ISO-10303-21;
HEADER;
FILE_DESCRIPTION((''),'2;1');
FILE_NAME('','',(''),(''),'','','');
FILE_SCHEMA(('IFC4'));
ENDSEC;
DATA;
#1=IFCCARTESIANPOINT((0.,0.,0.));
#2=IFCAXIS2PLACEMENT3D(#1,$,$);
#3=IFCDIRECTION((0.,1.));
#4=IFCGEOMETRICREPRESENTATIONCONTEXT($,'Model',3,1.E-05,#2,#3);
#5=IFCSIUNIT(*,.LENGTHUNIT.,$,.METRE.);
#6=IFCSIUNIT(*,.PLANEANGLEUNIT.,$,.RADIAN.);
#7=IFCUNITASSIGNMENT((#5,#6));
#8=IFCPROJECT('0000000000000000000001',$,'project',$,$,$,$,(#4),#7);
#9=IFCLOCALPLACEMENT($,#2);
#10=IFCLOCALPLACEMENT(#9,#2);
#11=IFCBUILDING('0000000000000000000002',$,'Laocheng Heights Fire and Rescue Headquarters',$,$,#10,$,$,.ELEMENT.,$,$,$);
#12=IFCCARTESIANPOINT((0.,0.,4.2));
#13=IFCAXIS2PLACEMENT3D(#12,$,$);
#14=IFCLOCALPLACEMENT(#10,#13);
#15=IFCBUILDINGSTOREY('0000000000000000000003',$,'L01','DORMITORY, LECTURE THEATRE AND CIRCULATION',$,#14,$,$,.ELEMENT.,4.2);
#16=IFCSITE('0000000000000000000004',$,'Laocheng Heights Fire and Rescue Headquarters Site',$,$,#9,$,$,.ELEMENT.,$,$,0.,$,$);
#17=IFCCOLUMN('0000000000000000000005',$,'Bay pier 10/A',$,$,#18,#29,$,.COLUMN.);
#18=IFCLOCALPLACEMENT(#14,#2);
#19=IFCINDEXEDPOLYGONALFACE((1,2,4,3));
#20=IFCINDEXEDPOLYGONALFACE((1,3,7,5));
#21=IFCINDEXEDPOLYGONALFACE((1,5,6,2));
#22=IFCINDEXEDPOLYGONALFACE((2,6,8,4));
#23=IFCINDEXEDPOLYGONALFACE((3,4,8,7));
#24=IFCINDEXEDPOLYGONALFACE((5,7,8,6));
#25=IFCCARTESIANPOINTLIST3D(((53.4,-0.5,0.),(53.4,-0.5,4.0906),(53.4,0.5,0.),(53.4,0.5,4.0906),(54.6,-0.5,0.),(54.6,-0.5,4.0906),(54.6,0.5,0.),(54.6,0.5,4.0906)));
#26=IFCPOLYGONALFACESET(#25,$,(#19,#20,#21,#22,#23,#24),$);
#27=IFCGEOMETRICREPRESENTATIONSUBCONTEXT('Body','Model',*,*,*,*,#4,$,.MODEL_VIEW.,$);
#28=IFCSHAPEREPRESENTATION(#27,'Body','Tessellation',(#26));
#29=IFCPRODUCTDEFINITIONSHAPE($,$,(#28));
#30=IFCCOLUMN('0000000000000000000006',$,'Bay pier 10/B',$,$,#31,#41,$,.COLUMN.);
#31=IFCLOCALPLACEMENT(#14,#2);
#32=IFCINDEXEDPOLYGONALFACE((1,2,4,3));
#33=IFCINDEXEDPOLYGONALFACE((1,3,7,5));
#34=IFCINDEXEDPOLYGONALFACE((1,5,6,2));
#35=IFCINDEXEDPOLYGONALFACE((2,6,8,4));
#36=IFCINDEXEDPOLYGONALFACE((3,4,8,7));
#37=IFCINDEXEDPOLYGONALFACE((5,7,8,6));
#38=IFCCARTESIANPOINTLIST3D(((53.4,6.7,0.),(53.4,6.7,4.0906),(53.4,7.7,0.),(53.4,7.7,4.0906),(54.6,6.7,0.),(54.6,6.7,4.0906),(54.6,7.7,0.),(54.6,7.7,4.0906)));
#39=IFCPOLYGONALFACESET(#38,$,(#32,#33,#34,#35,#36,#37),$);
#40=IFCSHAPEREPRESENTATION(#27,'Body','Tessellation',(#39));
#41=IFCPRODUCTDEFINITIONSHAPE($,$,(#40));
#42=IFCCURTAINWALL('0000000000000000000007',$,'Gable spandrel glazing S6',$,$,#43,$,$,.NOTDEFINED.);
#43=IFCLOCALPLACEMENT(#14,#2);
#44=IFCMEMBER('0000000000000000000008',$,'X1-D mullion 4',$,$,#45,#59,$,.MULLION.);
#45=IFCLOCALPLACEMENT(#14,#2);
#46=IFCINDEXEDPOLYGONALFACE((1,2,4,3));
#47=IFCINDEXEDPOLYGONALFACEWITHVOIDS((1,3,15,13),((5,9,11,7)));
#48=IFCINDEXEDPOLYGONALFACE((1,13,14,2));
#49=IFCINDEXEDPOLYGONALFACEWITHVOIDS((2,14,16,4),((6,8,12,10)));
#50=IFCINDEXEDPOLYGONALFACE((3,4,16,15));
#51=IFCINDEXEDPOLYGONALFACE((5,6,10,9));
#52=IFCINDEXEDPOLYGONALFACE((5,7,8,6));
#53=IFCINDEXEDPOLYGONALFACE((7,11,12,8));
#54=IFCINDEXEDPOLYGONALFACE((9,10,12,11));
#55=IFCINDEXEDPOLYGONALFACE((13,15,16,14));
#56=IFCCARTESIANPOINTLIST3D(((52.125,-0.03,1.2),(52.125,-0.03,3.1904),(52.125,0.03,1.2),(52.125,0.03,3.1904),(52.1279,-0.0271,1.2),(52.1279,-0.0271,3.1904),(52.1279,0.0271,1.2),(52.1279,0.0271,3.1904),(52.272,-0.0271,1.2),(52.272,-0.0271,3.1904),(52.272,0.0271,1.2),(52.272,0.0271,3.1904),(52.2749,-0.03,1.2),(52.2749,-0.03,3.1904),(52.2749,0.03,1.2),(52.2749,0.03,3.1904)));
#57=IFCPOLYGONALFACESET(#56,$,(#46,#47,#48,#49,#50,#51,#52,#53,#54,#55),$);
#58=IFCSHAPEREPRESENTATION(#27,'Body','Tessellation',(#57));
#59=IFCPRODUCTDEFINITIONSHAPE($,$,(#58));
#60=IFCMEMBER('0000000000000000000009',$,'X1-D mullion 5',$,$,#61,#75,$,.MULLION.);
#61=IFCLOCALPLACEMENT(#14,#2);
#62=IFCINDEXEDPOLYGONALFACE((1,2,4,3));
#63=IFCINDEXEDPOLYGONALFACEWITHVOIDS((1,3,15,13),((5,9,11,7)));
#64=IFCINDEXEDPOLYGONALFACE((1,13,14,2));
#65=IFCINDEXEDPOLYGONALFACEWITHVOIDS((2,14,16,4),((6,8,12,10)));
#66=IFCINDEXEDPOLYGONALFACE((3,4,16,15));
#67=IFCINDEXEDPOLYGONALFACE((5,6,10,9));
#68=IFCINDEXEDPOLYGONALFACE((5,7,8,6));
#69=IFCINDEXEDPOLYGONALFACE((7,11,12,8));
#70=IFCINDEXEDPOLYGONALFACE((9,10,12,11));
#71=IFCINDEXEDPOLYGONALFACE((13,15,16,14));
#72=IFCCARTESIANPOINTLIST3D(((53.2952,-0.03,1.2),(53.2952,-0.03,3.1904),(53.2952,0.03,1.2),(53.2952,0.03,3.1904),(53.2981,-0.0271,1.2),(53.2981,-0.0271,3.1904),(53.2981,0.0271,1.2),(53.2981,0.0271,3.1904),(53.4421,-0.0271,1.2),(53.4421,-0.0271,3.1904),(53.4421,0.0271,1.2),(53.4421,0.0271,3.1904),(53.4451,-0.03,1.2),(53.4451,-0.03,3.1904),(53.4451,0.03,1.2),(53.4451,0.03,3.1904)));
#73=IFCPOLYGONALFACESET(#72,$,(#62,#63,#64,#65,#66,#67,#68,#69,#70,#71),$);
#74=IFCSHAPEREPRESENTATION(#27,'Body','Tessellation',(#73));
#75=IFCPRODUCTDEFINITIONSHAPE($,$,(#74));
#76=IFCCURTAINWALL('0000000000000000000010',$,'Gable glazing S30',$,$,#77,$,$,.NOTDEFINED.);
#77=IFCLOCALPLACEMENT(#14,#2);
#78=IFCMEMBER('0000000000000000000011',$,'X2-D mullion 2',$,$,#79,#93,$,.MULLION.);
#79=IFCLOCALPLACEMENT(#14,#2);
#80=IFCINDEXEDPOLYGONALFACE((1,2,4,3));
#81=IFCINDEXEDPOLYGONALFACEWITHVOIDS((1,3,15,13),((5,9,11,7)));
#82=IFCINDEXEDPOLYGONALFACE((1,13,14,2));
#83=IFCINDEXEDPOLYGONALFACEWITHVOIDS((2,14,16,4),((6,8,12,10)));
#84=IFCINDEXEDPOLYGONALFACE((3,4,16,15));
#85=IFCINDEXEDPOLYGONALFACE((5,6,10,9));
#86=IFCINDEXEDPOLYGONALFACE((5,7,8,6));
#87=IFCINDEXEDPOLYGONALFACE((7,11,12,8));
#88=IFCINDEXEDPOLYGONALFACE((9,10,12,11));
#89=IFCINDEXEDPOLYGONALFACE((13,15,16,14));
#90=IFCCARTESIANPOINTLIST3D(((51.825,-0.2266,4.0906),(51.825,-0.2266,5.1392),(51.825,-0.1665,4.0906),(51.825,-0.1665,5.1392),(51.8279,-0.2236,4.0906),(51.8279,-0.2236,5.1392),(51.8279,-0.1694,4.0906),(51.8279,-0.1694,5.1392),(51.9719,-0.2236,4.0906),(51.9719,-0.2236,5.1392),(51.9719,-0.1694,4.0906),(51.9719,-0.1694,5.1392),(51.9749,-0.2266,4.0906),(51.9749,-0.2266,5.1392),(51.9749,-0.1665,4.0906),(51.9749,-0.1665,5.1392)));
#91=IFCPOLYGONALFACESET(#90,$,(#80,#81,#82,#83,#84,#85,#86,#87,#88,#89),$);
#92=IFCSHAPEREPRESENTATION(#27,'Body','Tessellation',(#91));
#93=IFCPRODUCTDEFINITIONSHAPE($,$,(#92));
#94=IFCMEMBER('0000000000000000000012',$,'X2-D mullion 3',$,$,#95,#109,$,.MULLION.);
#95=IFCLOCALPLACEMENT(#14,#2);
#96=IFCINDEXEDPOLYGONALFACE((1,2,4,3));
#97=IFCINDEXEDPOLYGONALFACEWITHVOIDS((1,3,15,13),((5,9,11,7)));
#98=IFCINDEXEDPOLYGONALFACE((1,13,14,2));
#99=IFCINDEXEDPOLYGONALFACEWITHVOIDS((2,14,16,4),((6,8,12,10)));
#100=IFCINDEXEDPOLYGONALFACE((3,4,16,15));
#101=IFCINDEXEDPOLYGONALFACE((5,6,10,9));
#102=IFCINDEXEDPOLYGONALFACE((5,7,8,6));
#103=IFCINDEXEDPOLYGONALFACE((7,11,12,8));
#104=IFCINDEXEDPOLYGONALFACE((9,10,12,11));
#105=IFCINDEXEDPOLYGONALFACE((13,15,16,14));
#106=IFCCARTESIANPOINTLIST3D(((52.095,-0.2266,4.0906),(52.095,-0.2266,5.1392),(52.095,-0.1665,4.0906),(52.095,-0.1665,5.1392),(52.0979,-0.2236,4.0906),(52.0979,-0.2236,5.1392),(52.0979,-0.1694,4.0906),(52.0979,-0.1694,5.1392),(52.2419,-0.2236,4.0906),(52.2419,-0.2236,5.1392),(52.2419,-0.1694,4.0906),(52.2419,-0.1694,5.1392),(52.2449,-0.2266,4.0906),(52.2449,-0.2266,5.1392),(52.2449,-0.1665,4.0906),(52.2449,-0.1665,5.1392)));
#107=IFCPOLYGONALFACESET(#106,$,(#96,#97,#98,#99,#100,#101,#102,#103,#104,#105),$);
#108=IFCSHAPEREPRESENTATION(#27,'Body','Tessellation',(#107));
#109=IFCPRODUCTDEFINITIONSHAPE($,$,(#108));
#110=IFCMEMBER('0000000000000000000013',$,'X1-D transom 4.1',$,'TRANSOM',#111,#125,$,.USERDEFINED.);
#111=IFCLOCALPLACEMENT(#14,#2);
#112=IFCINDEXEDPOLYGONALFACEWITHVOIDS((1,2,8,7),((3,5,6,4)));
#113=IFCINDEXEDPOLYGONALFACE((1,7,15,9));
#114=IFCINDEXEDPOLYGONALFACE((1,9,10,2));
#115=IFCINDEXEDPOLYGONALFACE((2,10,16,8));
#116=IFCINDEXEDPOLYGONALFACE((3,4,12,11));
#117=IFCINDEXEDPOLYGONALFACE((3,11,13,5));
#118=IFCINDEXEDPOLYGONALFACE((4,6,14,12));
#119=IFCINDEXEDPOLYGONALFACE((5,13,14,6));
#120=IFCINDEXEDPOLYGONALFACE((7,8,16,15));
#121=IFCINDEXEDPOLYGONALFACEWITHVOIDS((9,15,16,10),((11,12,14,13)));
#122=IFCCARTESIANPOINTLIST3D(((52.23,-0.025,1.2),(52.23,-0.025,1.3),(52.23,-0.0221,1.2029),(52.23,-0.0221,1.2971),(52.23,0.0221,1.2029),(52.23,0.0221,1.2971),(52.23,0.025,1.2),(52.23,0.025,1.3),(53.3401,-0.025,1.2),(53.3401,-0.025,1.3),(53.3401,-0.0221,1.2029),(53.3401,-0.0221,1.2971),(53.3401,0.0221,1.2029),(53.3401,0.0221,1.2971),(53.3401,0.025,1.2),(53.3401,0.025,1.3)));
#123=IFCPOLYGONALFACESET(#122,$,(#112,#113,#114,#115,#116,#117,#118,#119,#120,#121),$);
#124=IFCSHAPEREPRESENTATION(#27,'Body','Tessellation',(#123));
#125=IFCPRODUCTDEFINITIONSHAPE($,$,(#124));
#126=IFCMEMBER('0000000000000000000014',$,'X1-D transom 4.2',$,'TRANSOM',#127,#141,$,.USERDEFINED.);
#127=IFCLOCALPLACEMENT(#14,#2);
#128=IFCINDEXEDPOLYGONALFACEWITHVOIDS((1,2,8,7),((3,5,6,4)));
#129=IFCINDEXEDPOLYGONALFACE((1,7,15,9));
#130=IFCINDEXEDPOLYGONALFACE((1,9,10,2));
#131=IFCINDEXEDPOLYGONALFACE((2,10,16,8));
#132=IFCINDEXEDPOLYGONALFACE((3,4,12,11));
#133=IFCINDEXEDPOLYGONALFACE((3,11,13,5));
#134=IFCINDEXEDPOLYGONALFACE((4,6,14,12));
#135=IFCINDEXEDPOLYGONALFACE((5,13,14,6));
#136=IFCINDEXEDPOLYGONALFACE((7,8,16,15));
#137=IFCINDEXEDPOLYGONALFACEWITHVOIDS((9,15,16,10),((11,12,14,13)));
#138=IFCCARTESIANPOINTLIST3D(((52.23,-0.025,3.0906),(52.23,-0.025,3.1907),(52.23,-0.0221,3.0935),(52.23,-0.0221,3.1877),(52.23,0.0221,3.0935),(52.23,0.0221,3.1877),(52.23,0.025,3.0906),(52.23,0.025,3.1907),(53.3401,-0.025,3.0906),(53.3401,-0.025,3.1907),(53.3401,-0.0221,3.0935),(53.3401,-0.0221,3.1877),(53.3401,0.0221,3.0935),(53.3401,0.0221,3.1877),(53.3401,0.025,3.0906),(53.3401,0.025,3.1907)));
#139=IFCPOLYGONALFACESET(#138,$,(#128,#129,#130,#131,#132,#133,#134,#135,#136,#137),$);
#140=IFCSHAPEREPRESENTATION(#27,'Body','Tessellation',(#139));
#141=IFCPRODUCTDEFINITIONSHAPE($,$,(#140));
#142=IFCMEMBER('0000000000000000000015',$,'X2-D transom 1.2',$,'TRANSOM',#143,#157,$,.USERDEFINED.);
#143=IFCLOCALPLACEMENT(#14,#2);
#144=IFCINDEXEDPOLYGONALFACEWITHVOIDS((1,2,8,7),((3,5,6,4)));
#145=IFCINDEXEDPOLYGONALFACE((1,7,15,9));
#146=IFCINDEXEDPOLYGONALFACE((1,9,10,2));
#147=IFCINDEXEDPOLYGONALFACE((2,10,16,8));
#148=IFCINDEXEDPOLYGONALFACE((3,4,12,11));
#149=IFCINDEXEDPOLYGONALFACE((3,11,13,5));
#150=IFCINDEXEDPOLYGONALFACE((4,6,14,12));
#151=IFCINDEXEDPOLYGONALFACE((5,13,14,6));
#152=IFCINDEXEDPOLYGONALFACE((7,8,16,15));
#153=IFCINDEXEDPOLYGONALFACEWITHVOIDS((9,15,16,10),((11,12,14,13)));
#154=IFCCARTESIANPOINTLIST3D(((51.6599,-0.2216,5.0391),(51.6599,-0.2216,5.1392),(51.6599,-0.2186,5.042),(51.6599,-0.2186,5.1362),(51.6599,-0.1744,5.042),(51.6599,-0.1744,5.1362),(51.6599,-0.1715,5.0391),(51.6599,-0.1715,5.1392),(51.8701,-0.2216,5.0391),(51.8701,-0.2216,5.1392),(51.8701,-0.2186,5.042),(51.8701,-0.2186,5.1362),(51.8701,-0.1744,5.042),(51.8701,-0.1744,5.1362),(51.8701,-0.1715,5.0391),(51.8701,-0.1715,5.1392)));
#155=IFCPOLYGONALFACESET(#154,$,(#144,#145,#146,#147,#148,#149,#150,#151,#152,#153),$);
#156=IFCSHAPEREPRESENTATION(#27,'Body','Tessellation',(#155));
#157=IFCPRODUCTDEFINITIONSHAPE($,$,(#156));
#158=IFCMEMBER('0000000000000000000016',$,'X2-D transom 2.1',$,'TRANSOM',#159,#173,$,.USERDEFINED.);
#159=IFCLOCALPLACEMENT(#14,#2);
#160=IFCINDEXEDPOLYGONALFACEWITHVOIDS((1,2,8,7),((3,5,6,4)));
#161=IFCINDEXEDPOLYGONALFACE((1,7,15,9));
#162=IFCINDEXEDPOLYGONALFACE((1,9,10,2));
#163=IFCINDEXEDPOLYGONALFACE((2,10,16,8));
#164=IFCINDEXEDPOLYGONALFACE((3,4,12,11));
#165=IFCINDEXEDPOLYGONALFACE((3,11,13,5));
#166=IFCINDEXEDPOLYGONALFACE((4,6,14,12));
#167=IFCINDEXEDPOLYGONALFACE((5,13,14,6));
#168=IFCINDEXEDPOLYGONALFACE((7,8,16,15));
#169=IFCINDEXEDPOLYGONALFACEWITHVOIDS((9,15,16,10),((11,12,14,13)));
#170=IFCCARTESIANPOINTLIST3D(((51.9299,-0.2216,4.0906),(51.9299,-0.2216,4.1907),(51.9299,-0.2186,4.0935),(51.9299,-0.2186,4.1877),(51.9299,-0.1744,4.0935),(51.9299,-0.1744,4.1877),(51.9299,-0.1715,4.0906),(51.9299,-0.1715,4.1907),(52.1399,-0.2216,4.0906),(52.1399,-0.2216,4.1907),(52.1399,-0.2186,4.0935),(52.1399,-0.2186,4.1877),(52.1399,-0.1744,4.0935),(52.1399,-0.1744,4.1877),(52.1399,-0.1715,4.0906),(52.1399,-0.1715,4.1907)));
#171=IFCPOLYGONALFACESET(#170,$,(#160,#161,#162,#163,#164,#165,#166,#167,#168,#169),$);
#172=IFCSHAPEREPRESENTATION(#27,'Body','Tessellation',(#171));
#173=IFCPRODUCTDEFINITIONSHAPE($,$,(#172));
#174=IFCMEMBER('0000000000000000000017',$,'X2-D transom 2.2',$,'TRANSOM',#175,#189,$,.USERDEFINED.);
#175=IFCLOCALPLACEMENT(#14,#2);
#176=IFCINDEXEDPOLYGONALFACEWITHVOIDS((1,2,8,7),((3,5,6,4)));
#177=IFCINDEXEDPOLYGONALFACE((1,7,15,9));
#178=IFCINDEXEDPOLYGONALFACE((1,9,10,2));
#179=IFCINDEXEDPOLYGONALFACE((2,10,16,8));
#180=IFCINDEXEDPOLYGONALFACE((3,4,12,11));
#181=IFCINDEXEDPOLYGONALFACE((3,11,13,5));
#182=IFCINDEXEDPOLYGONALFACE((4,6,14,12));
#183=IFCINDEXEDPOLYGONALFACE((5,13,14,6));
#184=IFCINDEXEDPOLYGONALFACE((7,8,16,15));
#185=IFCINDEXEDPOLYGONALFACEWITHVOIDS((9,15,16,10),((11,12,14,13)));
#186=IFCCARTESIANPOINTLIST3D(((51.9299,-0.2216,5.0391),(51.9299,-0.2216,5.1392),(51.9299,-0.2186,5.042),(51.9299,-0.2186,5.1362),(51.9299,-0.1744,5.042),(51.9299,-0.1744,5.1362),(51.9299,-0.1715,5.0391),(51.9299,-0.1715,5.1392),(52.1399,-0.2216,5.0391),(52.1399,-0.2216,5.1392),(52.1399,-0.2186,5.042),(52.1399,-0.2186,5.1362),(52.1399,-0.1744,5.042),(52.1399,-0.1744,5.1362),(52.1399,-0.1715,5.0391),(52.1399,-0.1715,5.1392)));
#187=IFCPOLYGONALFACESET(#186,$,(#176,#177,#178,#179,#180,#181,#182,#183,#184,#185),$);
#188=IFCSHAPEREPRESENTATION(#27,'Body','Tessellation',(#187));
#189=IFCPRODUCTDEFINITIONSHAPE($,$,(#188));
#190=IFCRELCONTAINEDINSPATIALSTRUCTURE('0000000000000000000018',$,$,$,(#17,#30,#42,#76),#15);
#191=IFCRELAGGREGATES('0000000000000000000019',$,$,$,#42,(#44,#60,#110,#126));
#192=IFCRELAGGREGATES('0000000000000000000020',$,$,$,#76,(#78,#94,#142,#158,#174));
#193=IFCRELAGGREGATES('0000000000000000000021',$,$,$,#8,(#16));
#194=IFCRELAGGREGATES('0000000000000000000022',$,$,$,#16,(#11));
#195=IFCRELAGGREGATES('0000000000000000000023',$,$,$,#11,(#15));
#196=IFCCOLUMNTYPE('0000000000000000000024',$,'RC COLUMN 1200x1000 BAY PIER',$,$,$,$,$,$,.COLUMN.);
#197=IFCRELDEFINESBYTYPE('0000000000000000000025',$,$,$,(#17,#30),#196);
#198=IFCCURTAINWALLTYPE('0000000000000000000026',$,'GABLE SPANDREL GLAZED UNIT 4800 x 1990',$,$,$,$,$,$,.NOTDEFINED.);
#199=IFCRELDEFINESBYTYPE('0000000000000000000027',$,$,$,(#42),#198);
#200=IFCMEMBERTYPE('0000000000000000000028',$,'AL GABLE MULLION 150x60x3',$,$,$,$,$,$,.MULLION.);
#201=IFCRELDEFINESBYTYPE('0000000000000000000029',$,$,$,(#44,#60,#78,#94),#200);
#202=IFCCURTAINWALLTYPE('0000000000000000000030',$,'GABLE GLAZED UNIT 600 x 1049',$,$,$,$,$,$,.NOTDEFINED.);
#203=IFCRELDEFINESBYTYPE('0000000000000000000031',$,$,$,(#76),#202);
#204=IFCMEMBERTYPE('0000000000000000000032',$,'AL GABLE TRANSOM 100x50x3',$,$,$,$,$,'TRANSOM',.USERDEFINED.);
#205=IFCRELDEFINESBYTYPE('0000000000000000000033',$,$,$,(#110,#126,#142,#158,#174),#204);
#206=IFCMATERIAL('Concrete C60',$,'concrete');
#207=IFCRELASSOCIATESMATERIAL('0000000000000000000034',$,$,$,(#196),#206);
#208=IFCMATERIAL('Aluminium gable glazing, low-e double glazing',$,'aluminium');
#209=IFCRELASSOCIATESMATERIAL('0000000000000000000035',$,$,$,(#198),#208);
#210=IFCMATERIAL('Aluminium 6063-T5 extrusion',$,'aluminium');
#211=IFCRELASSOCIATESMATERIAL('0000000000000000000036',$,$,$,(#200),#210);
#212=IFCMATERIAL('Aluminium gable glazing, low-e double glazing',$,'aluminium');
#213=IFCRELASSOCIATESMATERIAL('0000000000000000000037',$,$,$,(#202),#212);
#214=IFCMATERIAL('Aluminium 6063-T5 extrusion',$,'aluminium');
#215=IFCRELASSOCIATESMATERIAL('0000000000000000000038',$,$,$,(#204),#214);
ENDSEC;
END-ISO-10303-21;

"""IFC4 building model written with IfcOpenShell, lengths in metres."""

from ifc_helpers import new_model, si_unit, direction, frame, origin, origin_2d, place, context, subcontext, project, spatial, rectangle, hollow_rectangle, extrude, material, material_profile, profile_set, type_object, element, aggregate, save


model = new_model("IFC4")

# Units and contexts
model_context = context("Model", 3, precision=1e-05, world=origin(), true_north=direction((0.0, 1.0)))
body_context = subcontext(model_context, "Body", "Model", "MODEL_VIEW")
ifc_project = project(units=[si_unit("LENGTHUNIT", "METRE"), si_unit("PLANEANGLEUNIT", "RADIAN")], contexts=[model_context])

# Site, building, storey
site_placement = place(None, origin())
site = spatial("IfcSite", under=ifc_project, at=site_placement, Name="Laocheng Heights Fire and Rescue Headquarters Site", CompositionType="ELEMENT", RefElevation=0.0)
building_placement = place(site_placement, origin())
building = spatial("IfcBuilding", under=site, at=building_placement, Name="Laocheng Heights Fire and Rescue Headquarters", CompositionType="ELEMENT")
storey_placement = place(building_placement, frame((0.0, 0.0, 4.2)))
storey = spatial("IfcBuildingStorey", under=building, at=storey_placement, Name="L01", Description="DORMITORY, LECTURE THEATRE AND CIRCULATION", CompositionType="ELEMENT", Elevation=4.2)

# Columns
ifc_material_1 = material(Name="Concrete C60", Category="concrete")
ifc_material_profile_1 = material_profile(ifc_material_1, rectangle(XDim=1.2, YDim=1.0, at=origin_2d()), Name="RC COLUMN 1200x1000 BAY PIER")
ifc_profile_set_1 = profile_set([ifc_material_profile_1], Name="Concrete C60")
column_type = type_object("IfcColumnType", Name="RC COLUMN 1200x1000 BAY PIER", PredefinedType="COLUMN", material=ifc_profile_set_1)
for number, where, z_axis, x_axis, name in (
    (1, (54.0, 0.0, 0.0), (0.0, 0.0, 1.0), (1.0, 0.0, 0.0), "Bay pier 10/A"),
    (2, (54.0, 7.2, 0.0), (0.0, 0.0, 1.0), (1.0, 0.0, 0.0), "Bay pier 10/B"),
):
    element("IfcColumn", number, at=place(storey_placement, frame(where, z_axis=z_axis, x_axis=x_axis)), inside=storey, type_object=column_type, Name=name, PredefinedType="COLUMN", context=body_context, shape_type="SweptSolid", body=[
        extrude(rectangle(XDim=1.2, YDim=1.0, at=origin_2d()), origin(), (0.0, 0.0, 1.0), 4.0906),
    ])

# Curtain walls, members
ifc_material_2 = material(Name="Aluminium gable glazing, low-e double glazing", Category="aluminium")
curtain_wall_type_1 = type_object("IfcCurtainWallType", Name="GABLE SPANDREL GLAZED UNIT 4800 x 1990", PredefinedType="NOTDEFINED", material=ifc_material_2)
curtain_wall_1_placement = place(storey_placement, origin())
curtain_wall_1 = element("IfcCurtainWall", 3, at=curtain_wall_1_placement, inside=storey, type_object=curtain_wall_type_1, Name="Gable spandrel glazing S6", PredefinedType="NOTDEFINED")
ifc_material_3 = material(Name="Aluminium 6063-T5 extrusion", Category="aluminium")
ifc_material_profile_2 = material_profile(ifc_material_3, hollow_rectangle(XDim=0.0601, YDim=0.1499, WallThickness=0.0029, at=origin_2d()), Name="AL MULLION 150x60x3")
ifc_profile_set_2 = profile_set([ifc_material_profile_2], Name="Aluminium 6063-T5 extrusion")
member_type_1 = type_object("IfcMemberType", Name="AL GABLE MULLION 150x60x3", PredefinedType="MULLION", material=ifc_profile_set_2)
member_1_placement = place(storey_placement, frame((52.2, 0.0, 1.2), z_axis=(0.0, 0.0, 1.0), x_axis=(0.0, 1.0, 0.0)))
member_1 = element("IfcMember", 4, at=member_1_placement, type_object=member_type_1, Name="X1-D mullion 4", PredefinedType="MULLION", context=body_context, shape_type="SweptSolid", body=[
    extrude(hollow_rectangle(XDim=0.0601, YDim=0.1499, WallThickness=0.0029, at=origin_2d()), origin(), (0.0, 0.0, 1.0), 1.9905),
])
member_2_placement = place(storey_placement, frame((53.3701, 0.0, 1.2), z_axis=(0.0, 0.0, 1.0), x_axis=(0.0, 1.0, 0.0)))
member_2 = element("IfcMember", 5, at=member_2_placement, type_object=member_type_1, Name="X1-D mullion 5", PredefinedType="MULLION", context=body_context, shape_type="SweptSolid", body=[
    extrude(hollow_rectangle(XDim=0.0601, YDim=0.1499, WallThickness=0.0029, at=origin_2d()), origin(), (0.0, 0.0, 1.0), 1.9905),
])
ifc_material_4 = material(Name="Aluminium gable glazing, low-e double glazing", Category="aluminium")
curtain_wall_type_2 = type_object("IfcCurtainWallType", Name="GABLE GLAZED UNIT 600 x 1049", PredefinedType="NOTDEFINED", material=ifc_material_4)
curtain_wall_2_placement = place(storey_placement, origin())
curtain_wall_2 = element("IfcCurtainWall", 6, at=curtain_wall_2_placement, inside=storey, type_object=curtain_wall_type_2, Name="Gable glazing S30", PredefinedType="NOTDEFINED")
member_3_placement = place(storey_placement, frame((51.8999, -0.1965, 4.0906), z_axis=(0.0, 0.0, 1.0), x_axis=(0.0, 1.0, 0.0)))
member_3 = element("IfcMember", 7, at=member_3_placement, type_object=member_type_1, Name="X2-D mullion 2", PredefinedType="MULLION", context=body_context, shape_type="SweptSolid", body=[
    extrude(hollow_rectangle(XDim=0.0601, YDim=0.1499, WallThickness=0.0029, at=origin_2d()), origin(), (0.0, 0.0, 1.0), 1.0486),
])
member_4_placement = place(storey_placement, frame((52.1699, -0.1965, 4.0906), z_axis=(0.0, 0.0, 1.0), x_axis=(0.0, 1.0, 0.0)))
member_4 = element("IfcMember", 8, at=member_4_placement, type_object=member_type_1, Name="X2-D mullion 3", PredefinedType="MULLION", context=body_context, shape_type="SweptSolid", body=[
    extrude(hollow_rectangle(XDim=0.0601, YDim=0.1499, WallThickness=0.0029, at=origin_2d()), origin(), (0.0, 0.0, 1.0), 1.0486),
])

# Members
ifc_material_5 = material(Name="Aluminium 6063-T5 extrusion", Category="aluminium")
ifc_material_profile_3 = material_profile(ifc_material_5, hollow_rectangle(XDim=0.05, YDim=0.1001, WallThickness=0.0029, at=origin_2d()), Name="AL TRANSOM 100x50x3")
ifc_profile_set_3 = profile_set([ifc_material_profile_3], Name="Aluminium 6063-T5 extrusion")
member_type_2 = type_object("IfcMemberType", Name="AL GABLE TRANSOM 100x50x3", ElementType="TRANSOM", PredefinedType="USERDEFINED", material=ifc_profile_set_3)
member_5_placement = place(storey_placement, frame((52.23, 0.0, 1.25), z_axis=(1.0, 0.0, 0.0), x_axis=(0.0, 1.0, 0.0)))
member_5 = element("IfcMember", 9, at=member_5_placement, type_object=member_type_2, Name="X1-D transom 4.1", ObjectType="TRANSOM", PredefinedType="USERDEFINED", context=body_context, shape_type="SweptSolid", body=[
    extrude(hollow_rectangle(XDim=0.05, YDim=0.1001, WallThickness=0.0029, at=origin_2d()), origin(), (0.0, 0.0, 1.0), 1.1101),
])
member_6_placement = place(storey_placement, frame((52.23, 0.0, 3.1406), z_axis=(1.0, 0.0, 0.0), x_axis=(0.0, 1.0, 0.0)))
member_6 = element("IfcMember", 10, at=member_6_placement, type_object=member_type_2, Name="X1-D transom 4.2", ObjectType="TRANSOM", PredefinedType="USERDEFINED", context=body_context, shape_type="SweptSolid", body=[
    extrude(hollow_rectangle(XDim=0.05, YDim=0.1001, WallThickness=0.0029, at=origin_2d()), origin(), (0.0, 0.0, 1.0), 1.1101),
])
member_7_placement = place(storey_placement, frame((51.6599, -0.1965, 5.0891), z_axis=(1.0, 0.0, 0.0), x_axis=(0.0, 1.0, 0.0)))
member_7 = element("IfcMember", 11, at=member_7_placement, type_object=member_type_2, Name="X2-D transom 1.2", ObjectType="TRANSOM", PredefinedType="USERDEFINED", context=body_context, shape_type="SweptSolid", body=[
    extrude(hollow_rectangle(XDim=0.05, YDim=0.1001, WallThickness=0.0029, at=origin_2d()), origin(), (0.0, 0.0, 1.0), 0.2102),
])
member_8_placement = place(storey_placement, frame((51.9299, -0.1965, 4.1406), z_axis=(1.0, 0.0, 0.0), x_axis=(0.0, 1.0, 0.0)))
member_8 = element("IfcMember", 12, at=member_8_placement, type_object=member_type_2, Name="X2-D transom 2.1", ObjectType="TRANSOM", PredefinedType="USERDEFINED", context=body_context, shape_type="SweptSolid", body=[
    extrude(hollow_rectangle(XDim=0.05, YDim=0.1001, WallThickness=0.0029, at=origin_2d()), origin(), (0.0, 0.0, 1.0), 0.21),
])
member_9_placement = place(storey_placement, frame((51.9299, -0.1965, 5.0891), z_axis=(1.0, 0.0, 0.0), x_axis=(0.0, 1.0, 0.0)))
member_9 = element("IfcMember", 13, at=member_9_placement, type_object=member_type_2, Name="X2-D transom 2.2", ObjectType="TRANSOM", PredefinedType="USERDEFINED", context=body_context, shape_type="SweptSolid", body=[
    extrude(hollow_rectangle(XDim=0.05, YDim=0.1001, WallThickness=0.0029, at=origin_2d()), origin(), (0.0, 0.0, 1.0), 0.21),
])

aggregate(curtain_wall_1, [member_1, member_2, member_5, member_6])
aggregate(curtain_wall_2, [member_3, member_4, member_7, member_8, member_9])

save(model, "model.ifc")
